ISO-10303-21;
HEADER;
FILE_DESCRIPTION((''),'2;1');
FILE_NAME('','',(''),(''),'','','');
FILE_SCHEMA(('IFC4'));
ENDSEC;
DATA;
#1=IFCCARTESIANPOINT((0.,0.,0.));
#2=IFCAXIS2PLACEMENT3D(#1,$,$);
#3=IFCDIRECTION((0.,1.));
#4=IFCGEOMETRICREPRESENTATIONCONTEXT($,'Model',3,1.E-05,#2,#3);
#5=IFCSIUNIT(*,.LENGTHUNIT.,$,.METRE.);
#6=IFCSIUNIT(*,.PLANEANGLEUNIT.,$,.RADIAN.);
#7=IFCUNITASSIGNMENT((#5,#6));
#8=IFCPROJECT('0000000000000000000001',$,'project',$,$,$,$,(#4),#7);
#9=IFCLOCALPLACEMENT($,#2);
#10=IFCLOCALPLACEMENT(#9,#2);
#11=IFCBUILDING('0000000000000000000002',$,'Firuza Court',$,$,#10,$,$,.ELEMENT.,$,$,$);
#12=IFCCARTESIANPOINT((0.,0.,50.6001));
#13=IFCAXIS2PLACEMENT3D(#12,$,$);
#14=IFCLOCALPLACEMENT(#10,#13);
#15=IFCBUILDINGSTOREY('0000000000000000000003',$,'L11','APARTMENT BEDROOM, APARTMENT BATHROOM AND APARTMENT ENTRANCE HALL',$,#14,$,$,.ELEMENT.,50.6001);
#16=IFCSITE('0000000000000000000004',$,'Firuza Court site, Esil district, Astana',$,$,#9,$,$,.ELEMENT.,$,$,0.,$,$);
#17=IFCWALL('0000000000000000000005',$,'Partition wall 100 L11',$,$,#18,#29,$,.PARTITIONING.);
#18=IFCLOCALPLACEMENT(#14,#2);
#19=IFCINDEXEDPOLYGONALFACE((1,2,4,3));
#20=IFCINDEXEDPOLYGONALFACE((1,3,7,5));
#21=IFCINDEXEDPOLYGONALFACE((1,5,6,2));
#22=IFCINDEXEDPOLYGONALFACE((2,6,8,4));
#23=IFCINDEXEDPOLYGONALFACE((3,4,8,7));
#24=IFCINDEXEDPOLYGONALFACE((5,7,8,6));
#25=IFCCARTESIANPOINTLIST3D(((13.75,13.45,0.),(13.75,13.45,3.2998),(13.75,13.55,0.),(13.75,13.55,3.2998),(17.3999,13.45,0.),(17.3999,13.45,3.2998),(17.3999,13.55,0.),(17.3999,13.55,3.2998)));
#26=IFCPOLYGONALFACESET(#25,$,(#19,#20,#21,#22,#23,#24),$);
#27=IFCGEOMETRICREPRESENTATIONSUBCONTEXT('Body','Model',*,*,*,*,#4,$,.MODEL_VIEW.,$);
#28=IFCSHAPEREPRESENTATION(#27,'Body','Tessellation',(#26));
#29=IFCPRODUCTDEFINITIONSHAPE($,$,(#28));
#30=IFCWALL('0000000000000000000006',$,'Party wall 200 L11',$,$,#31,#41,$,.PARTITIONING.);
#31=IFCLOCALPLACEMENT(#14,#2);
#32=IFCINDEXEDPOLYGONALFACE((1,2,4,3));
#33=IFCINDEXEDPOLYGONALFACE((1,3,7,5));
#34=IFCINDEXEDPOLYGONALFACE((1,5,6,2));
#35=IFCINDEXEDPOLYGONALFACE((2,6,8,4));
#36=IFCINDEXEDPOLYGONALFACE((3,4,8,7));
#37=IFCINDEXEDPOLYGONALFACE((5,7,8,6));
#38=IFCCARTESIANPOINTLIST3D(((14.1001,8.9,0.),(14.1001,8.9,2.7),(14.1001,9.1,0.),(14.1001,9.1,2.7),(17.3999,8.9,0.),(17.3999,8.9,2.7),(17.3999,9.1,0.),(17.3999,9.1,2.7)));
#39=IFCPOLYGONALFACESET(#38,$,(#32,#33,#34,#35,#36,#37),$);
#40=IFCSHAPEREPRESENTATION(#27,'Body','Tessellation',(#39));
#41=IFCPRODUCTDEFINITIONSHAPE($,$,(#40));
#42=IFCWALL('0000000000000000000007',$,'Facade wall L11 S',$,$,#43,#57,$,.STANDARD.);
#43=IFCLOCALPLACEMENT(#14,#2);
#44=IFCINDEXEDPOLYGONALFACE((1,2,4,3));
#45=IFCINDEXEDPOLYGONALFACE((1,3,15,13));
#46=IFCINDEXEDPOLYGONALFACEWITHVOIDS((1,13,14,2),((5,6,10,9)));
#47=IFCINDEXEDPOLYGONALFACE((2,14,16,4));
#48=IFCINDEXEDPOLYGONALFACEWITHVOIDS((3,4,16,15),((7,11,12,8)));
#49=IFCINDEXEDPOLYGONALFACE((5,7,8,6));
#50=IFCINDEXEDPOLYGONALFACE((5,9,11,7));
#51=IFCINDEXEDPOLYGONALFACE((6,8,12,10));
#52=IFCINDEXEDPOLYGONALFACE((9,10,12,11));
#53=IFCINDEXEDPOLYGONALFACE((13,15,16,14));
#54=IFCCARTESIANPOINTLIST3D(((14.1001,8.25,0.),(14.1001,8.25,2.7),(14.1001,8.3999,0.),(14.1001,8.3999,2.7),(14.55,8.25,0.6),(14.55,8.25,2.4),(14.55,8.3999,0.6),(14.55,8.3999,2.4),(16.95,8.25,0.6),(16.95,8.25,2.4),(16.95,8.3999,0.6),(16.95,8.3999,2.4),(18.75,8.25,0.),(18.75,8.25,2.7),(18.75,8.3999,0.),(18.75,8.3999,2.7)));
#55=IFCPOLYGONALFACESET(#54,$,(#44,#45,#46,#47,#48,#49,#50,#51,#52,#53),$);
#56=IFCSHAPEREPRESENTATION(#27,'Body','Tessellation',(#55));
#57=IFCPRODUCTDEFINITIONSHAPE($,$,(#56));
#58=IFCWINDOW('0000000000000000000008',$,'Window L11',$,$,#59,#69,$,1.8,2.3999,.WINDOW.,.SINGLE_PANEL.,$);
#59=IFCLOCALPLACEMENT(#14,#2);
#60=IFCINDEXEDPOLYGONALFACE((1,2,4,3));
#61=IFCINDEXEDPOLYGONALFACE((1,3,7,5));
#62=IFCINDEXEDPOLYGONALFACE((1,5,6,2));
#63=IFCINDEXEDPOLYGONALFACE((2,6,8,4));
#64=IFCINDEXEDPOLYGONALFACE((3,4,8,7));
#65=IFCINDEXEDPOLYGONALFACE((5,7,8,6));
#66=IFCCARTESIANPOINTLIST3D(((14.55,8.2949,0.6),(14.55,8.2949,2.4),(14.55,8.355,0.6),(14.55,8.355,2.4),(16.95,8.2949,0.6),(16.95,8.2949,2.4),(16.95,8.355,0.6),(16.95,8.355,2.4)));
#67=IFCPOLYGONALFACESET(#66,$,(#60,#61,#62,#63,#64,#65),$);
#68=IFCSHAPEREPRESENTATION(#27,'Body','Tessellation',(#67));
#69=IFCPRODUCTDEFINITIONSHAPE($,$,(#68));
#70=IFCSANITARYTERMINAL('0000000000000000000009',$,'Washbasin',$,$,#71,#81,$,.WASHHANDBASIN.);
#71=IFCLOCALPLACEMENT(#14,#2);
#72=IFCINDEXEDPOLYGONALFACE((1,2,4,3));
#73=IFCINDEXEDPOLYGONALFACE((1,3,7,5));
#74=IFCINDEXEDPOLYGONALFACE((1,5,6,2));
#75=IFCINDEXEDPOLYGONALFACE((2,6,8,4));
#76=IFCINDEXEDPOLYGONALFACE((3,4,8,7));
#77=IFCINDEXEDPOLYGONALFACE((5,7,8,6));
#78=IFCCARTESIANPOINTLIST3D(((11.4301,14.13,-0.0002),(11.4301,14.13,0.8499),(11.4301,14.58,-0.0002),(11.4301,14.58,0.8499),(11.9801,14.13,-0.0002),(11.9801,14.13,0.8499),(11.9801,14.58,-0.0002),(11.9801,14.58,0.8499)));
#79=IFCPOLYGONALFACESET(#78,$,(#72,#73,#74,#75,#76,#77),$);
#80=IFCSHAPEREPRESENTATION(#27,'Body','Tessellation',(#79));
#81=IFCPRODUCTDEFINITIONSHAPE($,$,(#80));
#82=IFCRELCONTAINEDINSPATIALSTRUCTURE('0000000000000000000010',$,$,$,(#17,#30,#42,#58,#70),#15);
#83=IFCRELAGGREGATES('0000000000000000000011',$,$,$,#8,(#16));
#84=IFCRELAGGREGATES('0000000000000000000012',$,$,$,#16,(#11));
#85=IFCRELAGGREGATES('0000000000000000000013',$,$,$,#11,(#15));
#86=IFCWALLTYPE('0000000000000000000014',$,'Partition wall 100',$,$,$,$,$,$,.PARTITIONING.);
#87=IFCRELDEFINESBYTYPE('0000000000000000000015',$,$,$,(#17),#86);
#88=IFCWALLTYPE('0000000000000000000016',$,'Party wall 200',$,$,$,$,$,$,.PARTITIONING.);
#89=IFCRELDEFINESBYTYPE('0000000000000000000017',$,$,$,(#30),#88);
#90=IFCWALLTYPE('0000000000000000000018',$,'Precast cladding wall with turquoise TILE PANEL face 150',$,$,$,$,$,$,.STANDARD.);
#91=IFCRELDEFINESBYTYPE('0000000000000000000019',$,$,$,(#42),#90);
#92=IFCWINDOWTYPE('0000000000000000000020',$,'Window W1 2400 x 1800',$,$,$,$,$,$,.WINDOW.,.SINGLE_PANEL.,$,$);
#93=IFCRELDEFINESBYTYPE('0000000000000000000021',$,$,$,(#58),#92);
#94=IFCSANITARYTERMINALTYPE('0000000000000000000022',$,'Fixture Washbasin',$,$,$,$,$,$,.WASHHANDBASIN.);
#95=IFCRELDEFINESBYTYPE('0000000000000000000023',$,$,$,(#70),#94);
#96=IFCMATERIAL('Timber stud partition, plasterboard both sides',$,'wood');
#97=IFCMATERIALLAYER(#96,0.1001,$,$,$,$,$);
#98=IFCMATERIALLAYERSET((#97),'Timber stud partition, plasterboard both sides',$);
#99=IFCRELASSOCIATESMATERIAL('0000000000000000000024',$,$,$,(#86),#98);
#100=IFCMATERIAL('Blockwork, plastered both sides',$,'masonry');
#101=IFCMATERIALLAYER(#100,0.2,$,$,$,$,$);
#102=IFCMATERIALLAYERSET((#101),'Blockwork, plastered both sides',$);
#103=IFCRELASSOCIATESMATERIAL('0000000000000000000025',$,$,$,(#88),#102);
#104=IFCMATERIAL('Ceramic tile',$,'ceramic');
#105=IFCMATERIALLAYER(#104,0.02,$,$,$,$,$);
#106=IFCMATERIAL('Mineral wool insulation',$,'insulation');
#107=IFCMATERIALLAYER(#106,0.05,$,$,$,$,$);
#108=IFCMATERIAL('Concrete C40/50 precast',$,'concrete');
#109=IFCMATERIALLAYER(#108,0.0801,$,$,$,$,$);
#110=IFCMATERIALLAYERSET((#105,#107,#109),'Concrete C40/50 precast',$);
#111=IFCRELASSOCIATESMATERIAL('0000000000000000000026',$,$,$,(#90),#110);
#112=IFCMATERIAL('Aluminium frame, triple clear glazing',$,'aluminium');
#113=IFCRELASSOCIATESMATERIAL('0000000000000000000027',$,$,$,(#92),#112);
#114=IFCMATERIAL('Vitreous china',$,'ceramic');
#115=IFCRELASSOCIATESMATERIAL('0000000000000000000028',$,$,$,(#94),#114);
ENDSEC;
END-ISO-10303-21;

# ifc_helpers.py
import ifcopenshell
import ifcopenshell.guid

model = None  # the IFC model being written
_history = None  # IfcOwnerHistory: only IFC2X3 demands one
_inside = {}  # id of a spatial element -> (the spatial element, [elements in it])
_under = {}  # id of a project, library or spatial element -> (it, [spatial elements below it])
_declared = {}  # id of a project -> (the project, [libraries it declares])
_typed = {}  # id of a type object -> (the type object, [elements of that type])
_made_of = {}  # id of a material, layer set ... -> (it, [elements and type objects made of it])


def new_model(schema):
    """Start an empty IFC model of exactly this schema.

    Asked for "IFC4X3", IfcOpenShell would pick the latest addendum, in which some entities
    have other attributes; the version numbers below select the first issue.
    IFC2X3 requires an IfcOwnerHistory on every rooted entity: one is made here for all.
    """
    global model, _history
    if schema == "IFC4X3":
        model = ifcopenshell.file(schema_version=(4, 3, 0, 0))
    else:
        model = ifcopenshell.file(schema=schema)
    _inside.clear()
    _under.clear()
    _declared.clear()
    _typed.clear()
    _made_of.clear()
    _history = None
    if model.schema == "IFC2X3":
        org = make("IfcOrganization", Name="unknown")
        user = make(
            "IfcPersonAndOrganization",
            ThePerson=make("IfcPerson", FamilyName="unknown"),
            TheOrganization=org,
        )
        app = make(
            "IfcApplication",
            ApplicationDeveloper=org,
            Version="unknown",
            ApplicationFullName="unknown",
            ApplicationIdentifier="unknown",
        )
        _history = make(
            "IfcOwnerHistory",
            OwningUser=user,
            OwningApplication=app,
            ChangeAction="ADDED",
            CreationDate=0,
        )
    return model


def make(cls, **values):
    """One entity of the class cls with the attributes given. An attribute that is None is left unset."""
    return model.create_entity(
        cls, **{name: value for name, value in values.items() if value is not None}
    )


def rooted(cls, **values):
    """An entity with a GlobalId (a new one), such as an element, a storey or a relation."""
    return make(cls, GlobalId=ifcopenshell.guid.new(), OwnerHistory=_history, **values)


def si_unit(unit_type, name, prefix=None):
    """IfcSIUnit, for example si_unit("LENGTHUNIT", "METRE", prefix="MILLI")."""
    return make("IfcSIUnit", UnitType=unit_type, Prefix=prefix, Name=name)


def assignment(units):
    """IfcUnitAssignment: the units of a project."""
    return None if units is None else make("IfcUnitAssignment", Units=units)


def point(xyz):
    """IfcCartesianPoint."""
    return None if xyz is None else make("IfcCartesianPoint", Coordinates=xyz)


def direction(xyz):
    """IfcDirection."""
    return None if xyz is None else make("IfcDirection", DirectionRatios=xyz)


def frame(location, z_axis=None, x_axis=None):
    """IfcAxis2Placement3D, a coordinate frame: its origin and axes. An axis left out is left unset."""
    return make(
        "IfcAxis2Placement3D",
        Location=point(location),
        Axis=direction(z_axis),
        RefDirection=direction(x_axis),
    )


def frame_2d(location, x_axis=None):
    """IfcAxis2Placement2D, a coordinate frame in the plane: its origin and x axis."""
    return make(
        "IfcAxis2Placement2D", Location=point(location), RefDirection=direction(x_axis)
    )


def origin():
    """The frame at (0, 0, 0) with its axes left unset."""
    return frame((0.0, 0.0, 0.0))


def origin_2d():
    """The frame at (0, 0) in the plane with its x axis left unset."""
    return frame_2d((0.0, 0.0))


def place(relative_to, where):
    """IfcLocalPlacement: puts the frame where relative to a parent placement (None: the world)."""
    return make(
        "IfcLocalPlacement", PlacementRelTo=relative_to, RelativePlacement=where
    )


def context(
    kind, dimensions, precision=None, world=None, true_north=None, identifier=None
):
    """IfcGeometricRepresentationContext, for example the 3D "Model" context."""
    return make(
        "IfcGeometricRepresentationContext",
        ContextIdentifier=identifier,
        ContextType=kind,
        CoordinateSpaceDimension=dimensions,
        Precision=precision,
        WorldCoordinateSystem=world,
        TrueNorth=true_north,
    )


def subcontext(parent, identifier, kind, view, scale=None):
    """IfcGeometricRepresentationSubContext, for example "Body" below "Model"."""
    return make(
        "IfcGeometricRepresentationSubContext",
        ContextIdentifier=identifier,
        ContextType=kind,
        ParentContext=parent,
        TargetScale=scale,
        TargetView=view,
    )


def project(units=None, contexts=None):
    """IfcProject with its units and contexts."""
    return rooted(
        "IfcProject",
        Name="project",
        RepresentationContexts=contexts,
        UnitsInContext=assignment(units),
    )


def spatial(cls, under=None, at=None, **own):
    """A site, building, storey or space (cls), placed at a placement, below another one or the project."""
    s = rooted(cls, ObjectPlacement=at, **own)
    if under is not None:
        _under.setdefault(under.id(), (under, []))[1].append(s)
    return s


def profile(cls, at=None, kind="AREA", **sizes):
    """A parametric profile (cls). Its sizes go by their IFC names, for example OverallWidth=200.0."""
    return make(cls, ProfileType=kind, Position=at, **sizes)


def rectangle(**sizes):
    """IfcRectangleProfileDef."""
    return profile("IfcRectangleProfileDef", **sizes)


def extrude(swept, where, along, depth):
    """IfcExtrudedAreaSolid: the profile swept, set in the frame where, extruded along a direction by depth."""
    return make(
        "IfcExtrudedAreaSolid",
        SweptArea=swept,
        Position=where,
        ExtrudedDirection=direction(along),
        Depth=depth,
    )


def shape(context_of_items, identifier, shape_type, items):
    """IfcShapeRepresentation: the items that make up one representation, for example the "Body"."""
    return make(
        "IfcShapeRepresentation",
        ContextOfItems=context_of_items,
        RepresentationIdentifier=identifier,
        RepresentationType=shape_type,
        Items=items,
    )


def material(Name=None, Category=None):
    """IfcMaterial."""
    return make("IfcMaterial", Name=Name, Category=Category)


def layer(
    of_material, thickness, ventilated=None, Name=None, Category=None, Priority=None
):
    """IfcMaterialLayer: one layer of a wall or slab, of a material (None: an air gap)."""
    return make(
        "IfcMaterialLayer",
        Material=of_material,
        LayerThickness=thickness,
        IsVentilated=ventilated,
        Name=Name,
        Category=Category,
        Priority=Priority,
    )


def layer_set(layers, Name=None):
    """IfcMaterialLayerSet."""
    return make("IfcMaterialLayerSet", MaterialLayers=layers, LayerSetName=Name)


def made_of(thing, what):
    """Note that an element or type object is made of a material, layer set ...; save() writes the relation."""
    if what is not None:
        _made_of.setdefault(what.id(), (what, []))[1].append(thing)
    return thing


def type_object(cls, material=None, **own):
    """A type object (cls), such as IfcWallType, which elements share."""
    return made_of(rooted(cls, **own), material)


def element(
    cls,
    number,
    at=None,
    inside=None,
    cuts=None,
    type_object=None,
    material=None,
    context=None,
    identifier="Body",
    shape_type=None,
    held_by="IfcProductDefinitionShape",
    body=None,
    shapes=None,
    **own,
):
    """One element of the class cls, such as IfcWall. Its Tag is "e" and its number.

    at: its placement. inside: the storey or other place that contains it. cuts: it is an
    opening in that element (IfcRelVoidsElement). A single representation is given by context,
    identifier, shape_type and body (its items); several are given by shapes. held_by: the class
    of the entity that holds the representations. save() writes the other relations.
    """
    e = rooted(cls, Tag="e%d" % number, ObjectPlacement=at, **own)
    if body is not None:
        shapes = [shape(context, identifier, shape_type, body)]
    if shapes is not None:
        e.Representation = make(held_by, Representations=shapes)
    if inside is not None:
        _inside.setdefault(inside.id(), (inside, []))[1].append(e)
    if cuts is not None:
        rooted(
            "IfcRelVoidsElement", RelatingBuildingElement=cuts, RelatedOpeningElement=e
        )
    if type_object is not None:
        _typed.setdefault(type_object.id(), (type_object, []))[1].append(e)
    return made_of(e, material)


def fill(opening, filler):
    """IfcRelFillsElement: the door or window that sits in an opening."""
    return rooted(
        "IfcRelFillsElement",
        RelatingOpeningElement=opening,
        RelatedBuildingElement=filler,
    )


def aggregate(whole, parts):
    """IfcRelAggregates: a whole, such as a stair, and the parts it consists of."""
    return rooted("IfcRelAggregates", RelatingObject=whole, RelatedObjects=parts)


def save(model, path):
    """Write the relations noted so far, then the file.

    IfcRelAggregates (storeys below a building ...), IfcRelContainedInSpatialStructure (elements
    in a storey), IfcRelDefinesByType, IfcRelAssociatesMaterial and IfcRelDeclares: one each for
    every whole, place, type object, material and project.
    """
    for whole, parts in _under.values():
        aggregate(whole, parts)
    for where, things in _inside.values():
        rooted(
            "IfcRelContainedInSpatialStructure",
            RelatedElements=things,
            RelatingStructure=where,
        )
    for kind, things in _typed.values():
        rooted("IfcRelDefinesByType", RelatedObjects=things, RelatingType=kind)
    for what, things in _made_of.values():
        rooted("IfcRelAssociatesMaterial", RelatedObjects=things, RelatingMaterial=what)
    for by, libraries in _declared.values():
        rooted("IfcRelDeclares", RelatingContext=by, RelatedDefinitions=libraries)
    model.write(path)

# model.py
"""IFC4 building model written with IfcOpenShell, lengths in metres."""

from ifc_helpers import new_model, si_unit, direction, frame, frame_2d, origin, origin_2d, place, context, subcontext, project, spatial, rectangle, extrude, material, layer, layer_set, type_object, element, fill, save


model = new_model("IFC4")

# Units and contexts
model_context = context("Model", 3, precision=1e-05, world=origin(), true_north=direction((0.0, 1.0)))
body_context = subcontext(model_context, "Body", "Model", "MODEL_VIEW")
ifc_project = project(units=[si_unit("LENGTHUNIT", "METRE"), si_unit("PLANEANGLEUNIT", "RADIAN")], contexts=[model_context])

# Site, building, storey
site_placement = place(None, origin())
site = spatial("IfcSite", under=ifc_project, at=site_placement, Name="Firuza Court site, Esil district, Astana", CompositionType="ELEMENT", RefElevation=0.0)
building_placement = place(site_placement, origin())
building = spatial("IfcBuilding", under=site, at=building_placement, Name="Firuza Court", CompositionType="ELEMENT")
storey_placement = place(building_placement, frame((0.0, 0.0, 50.6001)))
storey = spatial("IfcBuildingStorey", under=building, at=storey_placement, Name="L11", Description="APARTMENT BEDROOM, APARTMENT BATHROOM AND APARTMENT ENTRANCE HALL", CompositionType="ELEMENT", Elevation=50.6001)

# Shared definitions
ifc_material_1 = material(Name="Timber stud partition, plasterboard both sides", Category="wood")
ifc_layer_1 = layer(ifc_material_1, 0.1001)
ifc_layer_set_1 = layer_set([ifc_layer_1], Name="Timber stud partition, plasterboard both sides")
wall_type_1 = type_object("IfcWallType", Name="Partition wall 100", PredefinedType="PARTITIONING", material=ifc_layer_set_1)

# Walls
wall_1_placement = place(storey_placement, frame((13.75, 13.5, 0.0), z_axis=(0.0, 0.0, 1.0), x_axis=(1.0, 0.0, 0.0)))
element("IfcWall", 1, at=wall_1_placement, inside=storey, type_object=wall_type_1, Name="Partition wall 100 L11", PredefinedType="PARTITIONING", context=body_context, shape_type="SweptSolid", body=[
    extrude(rectangle(XDim=3.6499, YDim=0.1001, at=frame_2d((1.825, 0.0))), origin(), (0.0, 0.0, 1.0), 3.2998),
])
ifc_material_2 = material(Name="Blockwork, plastered both sides", Category="masonry")
ifc_layer_2 = layer(ifc_material_2, 0.2)
ifc_layer_set_2 = layer_set([ifc_layer_2], Name="Blockwork, plastered both sides")
wall_type_2 = type_object("IfcWallType", Name="Party wall 200", PredefinedType="PARTITIONING", material=ifc_layer_set_2)
wall_2_placement = place(storey_placement, frame((14.1001, 9.0, 0.0), z_axis=(0.0, 0.0, 1.0), x_axis=(1.0, 0.0, 0.0)))
element("IfcWall", 2, at=wall_2_placement, inside=storey, type_object=wall_type_2, Name="Party wall 200 L11", PredefinedType="PARTITIONING", context=body_context, shape_type="SweptSolid", body=[
    extrude(rectangle(XDim=3.2998, YDim=0.2, at=frame_2d((1.6499, 0.0))), origin(), (0.0, 0.0, 1.0), 2.7),
])

# Wall, opening, window
ifc_material_3 = material(Name="Ceramic tile", Category="ceramic")
ifc_layer_3 = layer(ifc_material_3, 0.02)
ifc_material_4 = material(Name="Mineral wool insulation", Category="insulation")
ifc_layer_4 = layer(ifc_material_4, 0.05)
ifc_material_5 = material(Name="Concrete C40/50 precast", Category="concrete")
ifc_layer_5 = layer(ifc_material_5, 0.0801)
ifc_layer_set_3 = layer_set([ifc_layer_3, ifc_layer_4, ifc_layer_5], Name="Concrete C40/50 precast")
wall_type_3 = type_object("IfcWallType", Name="Precast cladding wall with turquoise TILE PANEL face 150", PredefinedType="STANDARD", material=ifc_layer_set_3)
wall_3_placement = place(storey_placement, frame((14.1001, 8.325, 0.0), z_axis=(0.0, 0.0, 1.0), x_axis=(1.0, 0.0, 0.0)))
wall_3 = element("IfcWall", 3, at=wall_3_placement, inside=storey, type_object=wall_type_3, Name="Facade wall L11 S", PredefinedType="STANDARD", context=body_context, shape_type="SweptSolid", body=[
    extrude(rectangle(XDim=4.6499, YDim=0.1499, at=frame_2d((2.325, 0.0))), origin(), (0.0, 0.0, 1.0), 2.7),
])
opening_1_placement = place(wall_3_placement, frame((0.45, 0.0, 0.6001)))
opening_1 = element("IfcOpeningElement", 4, at=opening_1_placement, cuts=wall_3, PredefinedType="OPENING", context=body_context, shape_type="SweptSolid", body=[
    extrude(rectangle(XDim=2.3999, YDim=1.8, at=frame_2d((1.2, 0.8999))), frame((0.0, 0.0869, 0.0), z_axis=(0.0, -1.0, 0.0), x_axis=(1.0, 0.0, 0.0)), (0.0, 0.0, 1.0), 0.1738),
])
ifc_material_6 = material(Name="Aluminium frame, triple clear glazing", Category="aluminium")
window_type = type_object("IfcWindowType", Name="Window W1 2400 x 1800", PartitioningType="SINGLE_PANEL", PredefinedType="WINDOW", material=ifc_material_6)
window_placement = place(opening_1_placement, origin())
window = element("IfcWindow", 5, at=window_placement, inside=storey, type_object=window_type, Name="Window L11", OverallHeight=1.8, OverallWidth=2.3999, PartitioningType="SINGLE_PANEL", PredefinedType="WINDOW", context=body_context, shape_type="SweptSolid", body=[
    extrude(rectangle(XDim=2.3999, YDim=1.8, at=frame_2d((1.2, 0.8999))), frame((0.0, 0.03, 0.0), z_axis=(0.0, -1.0, 0.0), x_axis=(1.0, 0.0, 0.0)), (0.0, 0.0, 1.0), 0.0601),
])
fill(opening_1, window)

# Sanitary terminal
ifc_material_7 = material(Name="Vitreous china", Category="ceramic")
sanitary_terminal_type = type_object("IfcSanitaryTerminalType", Name="Fixture Washbasin", PredefinedType="WASHHANDBASIN", material=ifc_material_7)
sanitary_terminal_placement = place(storey_placement, frame((11.7051, 14.355, -0.0002), z_axis=(0.0, 0.0, 1.0), x_axis=(1.0, 0.0, 0.0)))
element("IfcSanitaryTerminal", 6, at=sanitary_terminal_placement, inside=storey, type_object=sanitary_terminal_type, Name="Washbasin", PredefinedType="WASHHANDBASIN", context=body_context, shape_type="SweptSolid", body=[
    extrude(rectangle(XDim=0.55, YDim=0.45, at=origin_2d()), origin(), (0.0, 0.0, 1.0), 0.8501),
])

save(model, "model.ifc")
